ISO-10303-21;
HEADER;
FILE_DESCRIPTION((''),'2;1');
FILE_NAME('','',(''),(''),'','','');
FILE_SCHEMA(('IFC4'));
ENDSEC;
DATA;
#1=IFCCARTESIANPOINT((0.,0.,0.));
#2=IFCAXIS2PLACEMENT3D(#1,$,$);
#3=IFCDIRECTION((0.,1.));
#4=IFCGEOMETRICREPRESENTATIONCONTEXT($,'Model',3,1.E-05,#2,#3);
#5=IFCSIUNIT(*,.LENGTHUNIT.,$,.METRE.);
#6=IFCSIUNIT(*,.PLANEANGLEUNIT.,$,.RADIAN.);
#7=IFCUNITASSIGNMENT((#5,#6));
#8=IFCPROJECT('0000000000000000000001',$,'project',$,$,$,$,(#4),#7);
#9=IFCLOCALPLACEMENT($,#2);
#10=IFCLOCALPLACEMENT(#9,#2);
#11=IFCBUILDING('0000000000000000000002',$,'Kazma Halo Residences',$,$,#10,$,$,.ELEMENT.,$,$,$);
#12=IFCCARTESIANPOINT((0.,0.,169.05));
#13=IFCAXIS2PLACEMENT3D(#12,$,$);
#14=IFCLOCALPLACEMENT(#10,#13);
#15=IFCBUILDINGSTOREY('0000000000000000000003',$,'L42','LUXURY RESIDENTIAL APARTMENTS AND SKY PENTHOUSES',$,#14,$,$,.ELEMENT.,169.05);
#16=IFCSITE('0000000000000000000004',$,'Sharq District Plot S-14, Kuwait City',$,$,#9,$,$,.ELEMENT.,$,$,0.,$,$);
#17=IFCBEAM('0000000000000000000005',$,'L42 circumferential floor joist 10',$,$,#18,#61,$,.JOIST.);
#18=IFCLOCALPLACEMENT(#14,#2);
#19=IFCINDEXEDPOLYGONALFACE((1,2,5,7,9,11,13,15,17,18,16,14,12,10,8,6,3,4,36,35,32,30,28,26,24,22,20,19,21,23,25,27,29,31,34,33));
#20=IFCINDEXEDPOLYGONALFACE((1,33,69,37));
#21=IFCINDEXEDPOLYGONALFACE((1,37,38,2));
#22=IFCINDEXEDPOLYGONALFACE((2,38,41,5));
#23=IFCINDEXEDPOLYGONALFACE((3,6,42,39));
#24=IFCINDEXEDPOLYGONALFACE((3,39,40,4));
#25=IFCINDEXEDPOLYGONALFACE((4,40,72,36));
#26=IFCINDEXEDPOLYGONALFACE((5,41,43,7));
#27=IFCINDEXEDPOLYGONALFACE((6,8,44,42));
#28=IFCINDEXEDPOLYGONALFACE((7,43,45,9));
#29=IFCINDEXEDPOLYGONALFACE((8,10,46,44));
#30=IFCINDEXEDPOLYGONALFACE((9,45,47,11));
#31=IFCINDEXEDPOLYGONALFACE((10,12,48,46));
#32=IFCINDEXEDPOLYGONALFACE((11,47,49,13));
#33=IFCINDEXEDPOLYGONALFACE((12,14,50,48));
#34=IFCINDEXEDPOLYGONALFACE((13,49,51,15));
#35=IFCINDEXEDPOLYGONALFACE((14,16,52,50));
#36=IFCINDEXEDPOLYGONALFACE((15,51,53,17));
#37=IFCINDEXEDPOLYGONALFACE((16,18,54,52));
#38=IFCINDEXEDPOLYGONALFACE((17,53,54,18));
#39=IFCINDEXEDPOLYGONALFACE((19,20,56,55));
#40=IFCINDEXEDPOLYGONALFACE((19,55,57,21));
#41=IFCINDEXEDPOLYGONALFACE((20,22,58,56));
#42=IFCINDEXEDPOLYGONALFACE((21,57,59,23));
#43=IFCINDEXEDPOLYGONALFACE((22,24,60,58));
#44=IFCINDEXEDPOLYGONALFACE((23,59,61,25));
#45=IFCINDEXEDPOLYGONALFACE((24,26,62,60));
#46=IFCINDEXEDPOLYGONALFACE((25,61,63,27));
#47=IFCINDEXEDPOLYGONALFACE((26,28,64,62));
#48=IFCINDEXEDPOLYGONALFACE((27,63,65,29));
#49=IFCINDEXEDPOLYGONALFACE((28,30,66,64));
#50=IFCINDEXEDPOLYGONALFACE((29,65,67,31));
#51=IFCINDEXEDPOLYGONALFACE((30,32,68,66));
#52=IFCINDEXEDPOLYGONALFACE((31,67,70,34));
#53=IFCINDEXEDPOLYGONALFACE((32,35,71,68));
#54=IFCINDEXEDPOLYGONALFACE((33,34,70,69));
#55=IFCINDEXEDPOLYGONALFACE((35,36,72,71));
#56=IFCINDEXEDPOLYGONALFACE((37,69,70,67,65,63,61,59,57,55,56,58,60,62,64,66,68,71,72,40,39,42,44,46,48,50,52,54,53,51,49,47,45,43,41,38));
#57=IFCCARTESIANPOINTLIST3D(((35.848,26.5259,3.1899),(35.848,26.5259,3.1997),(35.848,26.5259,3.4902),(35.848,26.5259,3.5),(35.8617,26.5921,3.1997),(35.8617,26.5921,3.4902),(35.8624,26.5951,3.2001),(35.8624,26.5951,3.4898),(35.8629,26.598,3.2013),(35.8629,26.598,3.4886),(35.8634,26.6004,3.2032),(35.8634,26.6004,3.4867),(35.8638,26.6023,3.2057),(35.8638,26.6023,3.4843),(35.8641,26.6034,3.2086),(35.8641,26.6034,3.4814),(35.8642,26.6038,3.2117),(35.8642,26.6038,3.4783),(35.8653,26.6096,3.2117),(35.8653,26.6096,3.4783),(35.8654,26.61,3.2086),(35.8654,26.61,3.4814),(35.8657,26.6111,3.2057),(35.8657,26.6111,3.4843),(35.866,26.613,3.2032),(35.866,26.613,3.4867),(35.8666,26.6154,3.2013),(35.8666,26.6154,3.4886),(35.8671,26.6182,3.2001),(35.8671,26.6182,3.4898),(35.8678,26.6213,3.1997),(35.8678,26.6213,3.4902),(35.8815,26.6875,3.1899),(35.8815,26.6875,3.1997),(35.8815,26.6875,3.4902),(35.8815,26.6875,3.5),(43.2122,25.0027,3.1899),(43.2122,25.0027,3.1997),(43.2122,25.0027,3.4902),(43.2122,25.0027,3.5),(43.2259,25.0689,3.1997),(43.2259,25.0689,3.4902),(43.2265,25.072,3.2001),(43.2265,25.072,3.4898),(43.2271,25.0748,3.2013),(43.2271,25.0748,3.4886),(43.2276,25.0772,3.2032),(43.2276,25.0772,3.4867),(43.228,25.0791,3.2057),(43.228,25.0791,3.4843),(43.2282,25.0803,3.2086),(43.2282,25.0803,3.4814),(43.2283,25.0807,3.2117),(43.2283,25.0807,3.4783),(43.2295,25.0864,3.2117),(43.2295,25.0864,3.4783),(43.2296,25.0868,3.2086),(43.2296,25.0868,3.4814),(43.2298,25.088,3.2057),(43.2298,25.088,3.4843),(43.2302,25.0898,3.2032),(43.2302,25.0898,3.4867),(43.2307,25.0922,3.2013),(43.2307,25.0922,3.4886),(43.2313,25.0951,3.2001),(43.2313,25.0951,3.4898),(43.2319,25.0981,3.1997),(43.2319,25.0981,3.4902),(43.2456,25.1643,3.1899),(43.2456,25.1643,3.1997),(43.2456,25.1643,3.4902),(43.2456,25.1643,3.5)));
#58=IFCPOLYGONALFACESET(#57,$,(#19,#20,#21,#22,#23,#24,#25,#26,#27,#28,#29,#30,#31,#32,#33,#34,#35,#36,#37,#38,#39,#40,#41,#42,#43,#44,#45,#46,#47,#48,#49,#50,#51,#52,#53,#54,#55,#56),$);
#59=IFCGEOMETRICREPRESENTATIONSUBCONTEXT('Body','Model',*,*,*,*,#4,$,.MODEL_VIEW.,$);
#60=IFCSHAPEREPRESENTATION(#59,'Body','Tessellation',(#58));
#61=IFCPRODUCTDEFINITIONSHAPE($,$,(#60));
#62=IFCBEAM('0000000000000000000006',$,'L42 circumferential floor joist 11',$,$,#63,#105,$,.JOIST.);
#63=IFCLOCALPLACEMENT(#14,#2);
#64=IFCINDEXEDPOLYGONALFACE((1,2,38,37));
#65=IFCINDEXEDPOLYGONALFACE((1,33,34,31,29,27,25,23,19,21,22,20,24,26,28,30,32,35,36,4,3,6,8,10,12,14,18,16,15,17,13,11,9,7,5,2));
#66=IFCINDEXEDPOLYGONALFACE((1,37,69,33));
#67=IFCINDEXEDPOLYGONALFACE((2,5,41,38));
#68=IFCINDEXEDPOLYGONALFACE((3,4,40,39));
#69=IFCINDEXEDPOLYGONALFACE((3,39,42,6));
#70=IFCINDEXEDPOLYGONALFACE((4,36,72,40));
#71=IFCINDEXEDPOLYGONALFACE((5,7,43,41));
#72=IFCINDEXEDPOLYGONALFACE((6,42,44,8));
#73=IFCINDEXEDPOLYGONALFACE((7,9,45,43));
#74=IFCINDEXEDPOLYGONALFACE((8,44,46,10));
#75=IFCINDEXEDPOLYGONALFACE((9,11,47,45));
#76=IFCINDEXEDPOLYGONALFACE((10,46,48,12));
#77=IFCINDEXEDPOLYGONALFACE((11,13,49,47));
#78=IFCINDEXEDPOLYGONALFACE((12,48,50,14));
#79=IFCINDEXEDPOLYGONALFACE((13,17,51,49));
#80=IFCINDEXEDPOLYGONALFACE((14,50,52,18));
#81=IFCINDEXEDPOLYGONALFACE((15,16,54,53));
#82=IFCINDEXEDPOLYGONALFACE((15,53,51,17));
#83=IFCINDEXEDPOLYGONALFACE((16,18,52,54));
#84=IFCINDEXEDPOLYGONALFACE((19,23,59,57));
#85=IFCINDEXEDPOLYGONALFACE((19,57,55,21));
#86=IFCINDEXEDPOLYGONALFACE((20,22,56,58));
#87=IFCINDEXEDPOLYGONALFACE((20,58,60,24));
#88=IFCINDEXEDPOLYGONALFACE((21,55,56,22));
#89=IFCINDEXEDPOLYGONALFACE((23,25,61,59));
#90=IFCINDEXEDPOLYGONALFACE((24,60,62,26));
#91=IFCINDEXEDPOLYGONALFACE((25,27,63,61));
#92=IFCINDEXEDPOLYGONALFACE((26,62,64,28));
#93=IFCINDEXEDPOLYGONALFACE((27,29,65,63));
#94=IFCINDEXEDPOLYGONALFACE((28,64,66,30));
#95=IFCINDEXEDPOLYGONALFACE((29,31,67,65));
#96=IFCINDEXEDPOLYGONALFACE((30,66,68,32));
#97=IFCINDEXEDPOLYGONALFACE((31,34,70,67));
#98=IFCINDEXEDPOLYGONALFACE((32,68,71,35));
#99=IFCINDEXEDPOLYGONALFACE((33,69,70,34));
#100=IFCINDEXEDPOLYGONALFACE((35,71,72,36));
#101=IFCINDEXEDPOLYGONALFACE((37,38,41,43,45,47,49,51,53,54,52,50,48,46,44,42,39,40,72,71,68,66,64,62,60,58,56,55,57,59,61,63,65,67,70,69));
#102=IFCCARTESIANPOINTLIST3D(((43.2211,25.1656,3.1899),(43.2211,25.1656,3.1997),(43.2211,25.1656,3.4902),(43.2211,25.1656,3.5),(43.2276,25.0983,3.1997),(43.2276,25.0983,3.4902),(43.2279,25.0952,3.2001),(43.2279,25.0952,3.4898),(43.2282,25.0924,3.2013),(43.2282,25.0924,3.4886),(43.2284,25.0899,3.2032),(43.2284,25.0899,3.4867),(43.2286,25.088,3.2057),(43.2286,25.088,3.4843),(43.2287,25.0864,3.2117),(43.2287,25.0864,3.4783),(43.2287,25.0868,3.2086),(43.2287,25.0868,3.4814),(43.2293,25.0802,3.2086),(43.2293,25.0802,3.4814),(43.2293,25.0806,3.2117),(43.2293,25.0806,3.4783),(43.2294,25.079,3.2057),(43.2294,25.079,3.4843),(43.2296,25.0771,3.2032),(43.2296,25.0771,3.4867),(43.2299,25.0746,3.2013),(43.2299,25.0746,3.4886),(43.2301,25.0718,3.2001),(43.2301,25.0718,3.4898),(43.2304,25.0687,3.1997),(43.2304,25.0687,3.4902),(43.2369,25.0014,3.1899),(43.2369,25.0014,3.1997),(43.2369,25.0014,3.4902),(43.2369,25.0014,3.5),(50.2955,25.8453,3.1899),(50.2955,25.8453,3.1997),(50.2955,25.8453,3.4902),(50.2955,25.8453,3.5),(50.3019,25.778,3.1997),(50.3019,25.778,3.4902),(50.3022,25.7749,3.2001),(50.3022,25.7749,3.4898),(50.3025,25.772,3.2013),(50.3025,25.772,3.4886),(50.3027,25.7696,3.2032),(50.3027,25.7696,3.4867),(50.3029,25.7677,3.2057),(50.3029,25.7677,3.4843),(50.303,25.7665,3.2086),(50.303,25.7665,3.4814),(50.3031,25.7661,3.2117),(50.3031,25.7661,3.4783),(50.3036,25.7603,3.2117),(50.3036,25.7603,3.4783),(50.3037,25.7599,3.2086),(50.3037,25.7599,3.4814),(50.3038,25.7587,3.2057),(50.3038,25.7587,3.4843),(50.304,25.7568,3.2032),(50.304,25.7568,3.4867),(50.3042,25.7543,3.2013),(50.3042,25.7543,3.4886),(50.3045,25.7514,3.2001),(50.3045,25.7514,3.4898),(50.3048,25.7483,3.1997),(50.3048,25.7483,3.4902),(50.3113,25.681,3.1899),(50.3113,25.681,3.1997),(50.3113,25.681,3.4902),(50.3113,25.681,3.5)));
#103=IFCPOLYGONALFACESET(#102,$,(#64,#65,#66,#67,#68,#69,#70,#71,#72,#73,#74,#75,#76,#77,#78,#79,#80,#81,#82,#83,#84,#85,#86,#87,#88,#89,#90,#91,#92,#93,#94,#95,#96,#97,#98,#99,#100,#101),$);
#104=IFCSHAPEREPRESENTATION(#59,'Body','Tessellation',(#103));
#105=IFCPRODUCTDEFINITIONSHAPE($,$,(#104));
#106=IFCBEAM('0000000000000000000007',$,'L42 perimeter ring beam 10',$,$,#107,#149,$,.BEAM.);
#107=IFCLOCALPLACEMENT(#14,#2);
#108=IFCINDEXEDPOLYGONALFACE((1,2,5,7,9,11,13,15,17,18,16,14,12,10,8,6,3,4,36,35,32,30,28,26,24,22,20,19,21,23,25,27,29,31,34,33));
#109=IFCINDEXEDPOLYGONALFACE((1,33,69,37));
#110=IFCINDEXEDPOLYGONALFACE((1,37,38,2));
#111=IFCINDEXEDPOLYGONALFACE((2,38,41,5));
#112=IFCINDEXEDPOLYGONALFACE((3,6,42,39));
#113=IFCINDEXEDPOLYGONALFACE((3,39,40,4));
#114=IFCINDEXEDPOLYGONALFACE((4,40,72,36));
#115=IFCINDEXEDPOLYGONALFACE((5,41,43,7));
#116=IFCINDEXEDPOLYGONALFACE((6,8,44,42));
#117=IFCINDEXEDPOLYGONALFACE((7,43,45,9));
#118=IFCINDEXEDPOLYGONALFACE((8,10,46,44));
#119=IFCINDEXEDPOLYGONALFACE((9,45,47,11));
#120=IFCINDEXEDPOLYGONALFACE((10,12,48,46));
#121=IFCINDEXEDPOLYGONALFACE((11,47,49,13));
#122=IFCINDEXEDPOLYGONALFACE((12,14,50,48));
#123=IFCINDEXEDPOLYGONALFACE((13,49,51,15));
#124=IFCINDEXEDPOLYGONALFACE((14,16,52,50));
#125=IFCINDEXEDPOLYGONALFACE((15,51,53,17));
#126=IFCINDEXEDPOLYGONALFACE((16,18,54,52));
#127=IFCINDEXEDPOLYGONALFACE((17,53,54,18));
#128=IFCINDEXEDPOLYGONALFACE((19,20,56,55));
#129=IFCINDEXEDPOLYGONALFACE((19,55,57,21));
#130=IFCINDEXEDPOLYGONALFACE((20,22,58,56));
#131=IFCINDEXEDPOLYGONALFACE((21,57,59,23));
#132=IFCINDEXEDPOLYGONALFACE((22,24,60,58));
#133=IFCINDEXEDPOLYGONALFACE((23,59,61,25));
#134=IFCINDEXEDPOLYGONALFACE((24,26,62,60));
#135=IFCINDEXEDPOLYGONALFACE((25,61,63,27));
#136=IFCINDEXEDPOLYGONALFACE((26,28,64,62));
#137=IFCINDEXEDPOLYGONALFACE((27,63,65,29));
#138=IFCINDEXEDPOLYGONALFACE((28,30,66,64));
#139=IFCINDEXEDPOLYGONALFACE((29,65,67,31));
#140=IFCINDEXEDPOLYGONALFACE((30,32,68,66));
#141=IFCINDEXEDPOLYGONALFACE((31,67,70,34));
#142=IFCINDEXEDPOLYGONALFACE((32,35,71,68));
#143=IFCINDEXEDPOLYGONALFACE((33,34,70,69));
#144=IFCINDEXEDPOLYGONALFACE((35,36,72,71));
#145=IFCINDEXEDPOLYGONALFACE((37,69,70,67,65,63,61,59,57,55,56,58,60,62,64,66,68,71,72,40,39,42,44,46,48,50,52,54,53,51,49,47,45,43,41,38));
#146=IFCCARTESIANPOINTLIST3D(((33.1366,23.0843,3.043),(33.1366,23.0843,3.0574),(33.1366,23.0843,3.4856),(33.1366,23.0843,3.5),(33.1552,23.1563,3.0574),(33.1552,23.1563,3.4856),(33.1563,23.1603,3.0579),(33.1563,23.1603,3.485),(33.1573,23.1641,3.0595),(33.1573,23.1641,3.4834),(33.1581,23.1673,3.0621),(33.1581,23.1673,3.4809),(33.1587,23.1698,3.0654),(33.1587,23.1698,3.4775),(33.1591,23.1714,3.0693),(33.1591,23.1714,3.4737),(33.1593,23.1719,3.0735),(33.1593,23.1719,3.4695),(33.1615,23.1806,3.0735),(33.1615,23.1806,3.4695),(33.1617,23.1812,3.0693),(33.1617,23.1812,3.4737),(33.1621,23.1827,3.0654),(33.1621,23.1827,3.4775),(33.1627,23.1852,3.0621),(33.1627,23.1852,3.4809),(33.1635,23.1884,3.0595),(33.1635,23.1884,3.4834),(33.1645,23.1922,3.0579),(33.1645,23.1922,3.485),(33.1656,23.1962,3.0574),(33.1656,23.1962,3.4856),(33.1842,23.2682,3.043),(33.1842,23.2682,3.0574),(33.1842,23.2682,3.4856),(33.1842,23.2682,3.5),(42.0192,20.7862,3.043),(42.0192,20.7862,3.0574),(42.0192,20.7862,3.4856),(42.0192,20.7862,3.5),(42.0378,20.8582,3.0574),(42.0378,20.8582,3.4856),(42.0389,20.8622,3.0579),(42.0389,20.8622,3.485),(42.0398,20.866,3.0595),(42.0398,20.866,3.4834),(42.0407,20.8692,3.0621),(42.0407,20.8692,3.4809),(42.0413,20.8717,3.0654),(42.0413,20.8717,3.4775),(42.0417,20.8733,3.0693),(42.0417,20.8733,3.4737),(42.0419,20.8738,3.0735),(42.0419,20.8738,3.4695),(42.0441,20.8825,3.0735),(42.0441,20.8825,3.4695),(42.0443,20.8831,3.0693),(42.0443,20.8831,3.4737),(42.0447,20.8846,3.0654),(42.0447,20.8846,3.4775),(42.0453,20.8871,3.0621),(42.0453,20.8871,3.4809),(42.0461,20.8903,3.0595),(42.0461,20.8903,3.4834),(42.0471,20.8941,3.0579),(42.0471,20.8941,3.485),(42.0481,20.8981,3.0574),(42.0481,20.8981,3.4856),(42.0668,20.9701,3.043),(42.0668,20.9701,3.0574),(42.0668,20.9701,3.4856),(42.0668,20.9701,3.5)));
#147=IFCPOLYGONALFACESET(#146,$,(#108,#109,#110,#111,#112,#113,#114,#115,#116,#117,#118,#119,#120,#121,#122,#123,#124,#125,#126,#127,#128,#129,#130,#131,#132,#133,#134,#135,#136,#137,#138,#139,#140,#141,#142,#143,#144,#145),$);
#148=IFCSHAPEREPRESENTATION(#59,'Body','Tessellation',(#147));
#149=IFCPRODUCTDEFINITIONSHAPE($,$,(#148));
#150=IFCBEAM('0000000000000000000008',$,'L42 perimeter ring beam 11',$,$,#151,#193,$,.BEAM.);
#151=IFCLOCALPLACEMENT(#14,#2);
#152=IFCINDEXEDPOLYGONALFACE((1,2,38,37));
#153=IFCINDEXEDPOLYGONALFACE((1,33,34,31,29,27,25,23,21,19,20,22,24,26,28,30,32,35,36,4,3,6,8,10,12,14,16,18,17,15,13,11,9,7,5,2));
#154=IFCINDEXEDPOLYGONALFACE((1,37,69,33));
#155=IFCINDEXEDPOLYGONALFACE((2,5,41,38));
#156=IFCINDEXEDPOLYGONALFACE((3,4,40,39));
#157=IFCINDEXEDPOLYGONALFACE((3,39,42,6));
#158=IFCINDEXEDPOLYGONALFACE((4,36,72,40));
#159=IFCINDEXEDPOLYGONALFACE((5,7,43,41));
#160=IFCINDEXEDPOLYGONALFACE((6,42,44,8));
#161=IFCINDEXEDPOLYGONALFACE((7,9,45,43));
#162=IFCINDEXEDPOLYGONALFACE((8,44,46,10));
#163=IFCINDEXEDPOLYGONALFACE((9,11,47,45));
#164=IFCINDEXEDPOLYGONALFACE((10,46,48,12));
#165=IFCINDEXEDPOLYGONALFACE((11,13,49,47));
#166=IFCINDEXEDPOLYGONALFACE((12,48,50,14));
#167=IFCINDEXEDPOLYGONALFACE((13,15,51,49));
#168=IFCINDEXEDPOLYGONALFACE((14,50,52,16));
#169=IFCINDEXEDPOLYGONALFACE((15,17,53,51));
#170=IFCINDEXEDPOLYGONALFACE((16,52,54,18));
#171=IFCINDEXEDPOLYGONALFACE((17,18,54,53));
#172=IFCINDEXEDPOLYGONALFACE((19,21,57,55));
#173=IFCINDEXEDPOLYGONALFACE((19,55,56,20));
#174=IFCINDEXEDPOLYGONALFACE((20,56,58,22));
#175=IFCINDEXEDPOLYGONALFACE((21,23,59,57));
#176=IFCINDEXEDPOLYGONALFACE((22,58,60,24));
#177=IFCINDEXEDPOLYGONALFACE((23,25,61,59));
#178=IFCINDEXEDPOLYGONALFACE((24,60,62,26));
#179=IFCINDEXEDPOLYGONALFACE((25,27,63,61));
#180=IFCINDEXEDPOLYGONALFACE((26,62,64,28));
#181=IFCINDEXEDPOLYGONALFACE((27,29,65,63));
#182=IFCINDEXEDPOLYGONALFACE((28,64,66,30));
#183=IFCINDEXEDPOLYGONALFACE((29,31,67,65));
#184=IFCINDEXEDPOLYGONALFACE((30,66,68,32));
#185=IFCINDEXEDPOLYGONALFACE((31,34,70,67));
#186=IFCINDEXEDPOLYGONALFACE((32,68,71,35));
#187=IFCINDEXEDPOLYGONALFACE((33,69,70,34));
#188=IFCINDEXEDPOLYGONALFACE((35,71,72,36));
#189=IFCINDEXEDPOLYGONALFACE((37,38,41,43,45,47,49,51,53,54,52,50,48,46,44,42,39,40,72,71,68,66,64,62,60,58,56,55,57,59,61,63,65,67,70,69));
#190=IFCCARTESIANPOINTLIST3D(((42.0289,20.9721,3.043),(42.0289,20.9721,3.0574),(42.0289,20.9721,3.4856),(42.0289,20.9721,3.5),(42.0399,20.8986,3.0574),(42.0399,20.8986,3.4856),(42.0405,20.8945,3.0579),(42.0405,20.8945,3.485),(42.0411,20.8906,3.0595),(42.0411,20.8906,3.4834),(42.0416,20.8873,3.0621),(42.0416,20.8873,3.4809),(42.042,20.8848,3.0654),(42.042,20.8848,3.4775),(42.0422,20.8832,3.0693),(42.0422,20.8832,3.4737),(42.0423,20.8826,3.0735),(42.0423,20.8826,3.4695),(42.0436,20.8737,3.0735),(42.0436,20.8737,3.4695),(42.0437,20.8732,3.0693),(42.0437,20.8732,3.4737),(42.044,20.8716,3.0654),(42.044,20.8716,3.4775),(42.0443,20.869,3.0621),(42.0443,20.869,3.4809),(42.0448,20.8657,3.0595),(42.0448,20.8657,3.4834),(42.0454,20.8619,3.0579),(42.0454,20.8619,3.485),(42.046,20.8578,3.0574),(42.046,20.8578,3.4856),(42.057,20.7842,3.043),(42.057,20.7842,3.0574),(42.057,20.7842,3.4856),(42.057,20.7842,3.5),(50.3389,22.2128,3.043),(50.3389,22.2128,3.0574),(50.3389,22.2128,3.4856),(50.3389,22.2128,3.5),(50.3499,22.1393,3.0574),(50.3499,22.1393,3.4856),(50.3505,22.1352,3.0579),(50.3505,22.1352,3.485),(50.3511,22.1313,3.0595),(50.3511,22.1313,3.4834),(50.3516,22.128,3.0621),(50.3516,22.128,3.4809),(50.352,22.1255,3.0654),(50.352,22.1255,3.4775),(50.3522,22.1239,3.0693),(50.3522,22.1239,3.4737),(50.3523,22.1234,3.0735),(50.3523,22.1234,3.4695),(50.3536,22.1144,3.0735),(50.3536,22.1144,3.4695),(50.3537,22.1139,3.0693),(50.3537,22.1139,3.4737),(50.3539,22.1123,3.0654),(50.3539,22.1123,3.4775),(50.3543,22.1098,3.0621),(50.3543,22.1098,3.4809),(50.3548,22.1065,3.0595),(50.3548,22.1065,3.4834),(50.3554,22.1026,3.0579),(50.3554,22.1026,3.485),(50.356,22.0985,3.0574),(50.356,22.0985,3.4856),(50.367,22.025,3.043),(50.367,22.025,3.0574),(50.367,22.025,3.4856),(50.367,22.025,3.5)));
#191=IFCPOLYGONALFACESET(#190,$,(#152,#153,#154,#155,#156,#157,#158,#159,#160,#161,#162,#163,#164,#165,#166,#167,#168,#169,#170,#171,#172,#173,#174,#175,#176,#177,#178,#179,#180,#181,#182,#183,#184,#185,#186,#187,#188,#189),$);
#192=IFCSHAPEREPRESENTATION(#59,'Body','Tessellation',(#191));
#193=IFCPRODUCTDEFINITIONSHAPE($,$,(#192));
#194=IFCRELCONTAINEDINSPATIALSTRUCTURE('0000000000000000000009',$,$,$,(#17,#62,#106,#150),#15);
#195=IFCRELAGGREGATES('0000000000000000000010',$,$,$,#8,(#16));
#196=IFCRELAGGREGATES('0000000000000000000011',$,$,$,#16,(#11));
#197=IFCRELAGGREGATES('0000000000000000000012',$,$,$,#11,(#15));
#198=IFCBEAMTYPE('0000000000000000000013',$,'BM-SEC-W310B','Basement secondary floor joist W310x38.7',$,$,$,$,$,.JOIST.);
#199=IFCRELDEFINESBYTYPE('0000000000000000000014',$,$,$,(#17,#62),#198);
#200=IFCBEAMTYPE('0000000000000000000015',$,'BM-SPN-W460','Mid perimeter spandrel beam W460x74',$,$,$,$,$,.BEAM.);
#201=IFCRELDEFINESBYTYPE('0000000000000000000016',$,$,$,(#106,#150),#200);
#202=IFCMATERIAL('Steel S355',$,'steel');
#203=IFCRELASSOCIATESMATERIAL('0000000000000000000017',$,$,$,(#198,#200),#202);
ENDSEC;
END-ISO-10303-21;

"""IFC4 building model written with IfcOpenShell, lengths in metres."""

from ifc_helpers import new_model, si_unit, direction, frame, origin, origin_2d, place, context, subcontext, project, spatial, i_section, extrude, material, material_profile, profile_set, type_object, element, save


model = new_model("IFC4")

# Units and contexts
model_context = context("Model", 3, precision=1e-05, world=origin(), true_north=direction((0.0, 1.0)))
body_context = subcontext(model_context, "Body", "Model", "MODEL_VIEW")
ifc_project = project(units=[si_unit("LENGTHUNIT", "METRE"), si_unit("PLANEANGLEUNIT", "RADIAN")], contexts=[model_context])

# Site, building, storey
site_placement = place(None, origin())
site = spatial("IfcSite", under=ifc_project, at=site_placement, Name="Sharq District Plot S-14, Kuwait City", CompositionType="ELEMENT", RefElevation=0.0)
building_placement = place(site_placement, origin())
building = spatial("IfcBuilding", under=site, at=building_placement, Name="Kazma Halo Residences", CompositionType="ELEMENT")
storey_placement = place(building_placement, frame((0.0, 0.0, 169.05)))
storey = spatial("IfcBuildingStorey", under=building, at=storey_placement, Name="L42", Description="LUXURY RESIDENTIAL APARTMENTS AND SKY PENTHOUSES", CompositionType="ELEMENT", Elevation=169.05)

# Beams
ifc_material_1 = material(Name="Steel S355", Category="steel")
ifc_material_profile_1 = material_profile(ifc_material_1, i_section(OverallWidth=0.165, OverallDepth=0.3101, WebThickness=0.0059, FlangeThickness=0.0098, FilletRadius=0.012, at=origin_2d()), Name="W310x38.7")
ifc_profile_set_1 = profile_set([ifc_material_profile_1], Name="Steel S355")
beam_type_1 = type_object("IfcBeamType", Name="BM-SEC-W310B", Description="Basement secondary floor joist W310x38.7", PredefinedType="JOIST", material=ifc_profile_set_1)
beam_1_placement = place(storey_placement, frame((35.8647, 26.6067, 3.345), z_axis=(0.979272, -0.202549, 0.0), x_axis=(0.202549, 0.979272, 0.0)))
element("IfcBeam", 1, at=beam_1_placement, inside=storey, type_object=beam_type_1, Name="L42 circumferential floor joist 10", PredefinedType="JOIST", context=body_context, shape_type="SweptSolid", body=[
    extrude(i_section(OverallWidth=0.165, OverallDepth=0.3101, WebThickness=0.0059, FlangeThickness=0.0098, FilletRadius=0.012, at=origin_2d()), origin(), (0.0, 0.0, 1.0), 7.52),
])
beam_2_placement = place(storey_placement, frame((43.229, 25.0835, 3.345), z_axis=(0.995416, 0.095636, 0.0), x_axis=(-0.095636, 0.995416, 0.0)))
element("IfcBeam", 2, at=beam_2_placement, inside=storey, type_object=beam_type_1, Name="L42 circumferential floor joist 11", PredefinedType="JOIST", context=body_context, shape_type="SweptSolid", body=[
    extrude(i_section(OverallWidth=0.165, OverallDepth=0.3101, WebThickness=0.0059, FlangeThickness=0.0098, FilletRadius=0.012, at=origin_2d()), origin(), (0.0, 0.0, 1.0), 7.1069),
])
ifc_material_profile_2 = material_profile(ifc_material_1, i_section(OverallWidth=0.1899, OverallDepth=0.457, WebThickness=0.009, FlangeThickness=0.0144, FilletRadius=0.0161, at=origin_2d()), Name="W460x74")
ifc_profile_set_2 = profile_set([ifc_material_profile_2], Name="Steel S355")
beam_type_2 = type_object("IfcBeamType", Name="BM-SPN-W460", Description="Mid perimeter spandrel beam W460x74", PredefinedType="BEAM", material=ifc_profile_set_2)
beam_3_placement = place(storey_placement, frame((33.1604, 23.1763, 3.2715), z_axis=(0.968124, -0.250473, 0.0), x_axis=(0.250473, 0.968124, 0.0)))
element("IfcBeam", 3, at=beam_3_placement, inside=storey, type_object=beam_type_2, Name="L42 perimeter ring beam 10", PredefinedType="BEAM", context=body_context, shape_type="SweptSolid", body=[
    extrude(i_section(OverallWidth=0.1899, OverallDepth=0.457, WebThickness=0.009, FlangeThickness=0.0144, FilletRadius=0.0161, at=origin_2d()), origin(), (0.0, 0.0, 1.0), 9.175),
])
beam_4_placement = place(storey_placement, frame((42.043, 20.8782, 3.2715), z_axis=(0.989037, 0.147667, 0.0), x_axis=(-0.147667, 0.989037, 0.0)))
element("IfcBeam", 4, at=beam_4_placement, inside=storey, type_object=beam_type_2, Name="L42 perimeter ring beam 11", PredefinedType="BEAM", context=body_context, shape_type="SweptSolid", body=[
    extrude(i_section(OverallWidth=0.1899, OverallDepth=0.457, WebThickness=0.009, FlangeThickness=0.0144, FilletRadius=0.0161, at=origin_2d()), origin(), (0.0, 0.0, 1.0), 8.4021),
])

save(model, "model.ifc")
